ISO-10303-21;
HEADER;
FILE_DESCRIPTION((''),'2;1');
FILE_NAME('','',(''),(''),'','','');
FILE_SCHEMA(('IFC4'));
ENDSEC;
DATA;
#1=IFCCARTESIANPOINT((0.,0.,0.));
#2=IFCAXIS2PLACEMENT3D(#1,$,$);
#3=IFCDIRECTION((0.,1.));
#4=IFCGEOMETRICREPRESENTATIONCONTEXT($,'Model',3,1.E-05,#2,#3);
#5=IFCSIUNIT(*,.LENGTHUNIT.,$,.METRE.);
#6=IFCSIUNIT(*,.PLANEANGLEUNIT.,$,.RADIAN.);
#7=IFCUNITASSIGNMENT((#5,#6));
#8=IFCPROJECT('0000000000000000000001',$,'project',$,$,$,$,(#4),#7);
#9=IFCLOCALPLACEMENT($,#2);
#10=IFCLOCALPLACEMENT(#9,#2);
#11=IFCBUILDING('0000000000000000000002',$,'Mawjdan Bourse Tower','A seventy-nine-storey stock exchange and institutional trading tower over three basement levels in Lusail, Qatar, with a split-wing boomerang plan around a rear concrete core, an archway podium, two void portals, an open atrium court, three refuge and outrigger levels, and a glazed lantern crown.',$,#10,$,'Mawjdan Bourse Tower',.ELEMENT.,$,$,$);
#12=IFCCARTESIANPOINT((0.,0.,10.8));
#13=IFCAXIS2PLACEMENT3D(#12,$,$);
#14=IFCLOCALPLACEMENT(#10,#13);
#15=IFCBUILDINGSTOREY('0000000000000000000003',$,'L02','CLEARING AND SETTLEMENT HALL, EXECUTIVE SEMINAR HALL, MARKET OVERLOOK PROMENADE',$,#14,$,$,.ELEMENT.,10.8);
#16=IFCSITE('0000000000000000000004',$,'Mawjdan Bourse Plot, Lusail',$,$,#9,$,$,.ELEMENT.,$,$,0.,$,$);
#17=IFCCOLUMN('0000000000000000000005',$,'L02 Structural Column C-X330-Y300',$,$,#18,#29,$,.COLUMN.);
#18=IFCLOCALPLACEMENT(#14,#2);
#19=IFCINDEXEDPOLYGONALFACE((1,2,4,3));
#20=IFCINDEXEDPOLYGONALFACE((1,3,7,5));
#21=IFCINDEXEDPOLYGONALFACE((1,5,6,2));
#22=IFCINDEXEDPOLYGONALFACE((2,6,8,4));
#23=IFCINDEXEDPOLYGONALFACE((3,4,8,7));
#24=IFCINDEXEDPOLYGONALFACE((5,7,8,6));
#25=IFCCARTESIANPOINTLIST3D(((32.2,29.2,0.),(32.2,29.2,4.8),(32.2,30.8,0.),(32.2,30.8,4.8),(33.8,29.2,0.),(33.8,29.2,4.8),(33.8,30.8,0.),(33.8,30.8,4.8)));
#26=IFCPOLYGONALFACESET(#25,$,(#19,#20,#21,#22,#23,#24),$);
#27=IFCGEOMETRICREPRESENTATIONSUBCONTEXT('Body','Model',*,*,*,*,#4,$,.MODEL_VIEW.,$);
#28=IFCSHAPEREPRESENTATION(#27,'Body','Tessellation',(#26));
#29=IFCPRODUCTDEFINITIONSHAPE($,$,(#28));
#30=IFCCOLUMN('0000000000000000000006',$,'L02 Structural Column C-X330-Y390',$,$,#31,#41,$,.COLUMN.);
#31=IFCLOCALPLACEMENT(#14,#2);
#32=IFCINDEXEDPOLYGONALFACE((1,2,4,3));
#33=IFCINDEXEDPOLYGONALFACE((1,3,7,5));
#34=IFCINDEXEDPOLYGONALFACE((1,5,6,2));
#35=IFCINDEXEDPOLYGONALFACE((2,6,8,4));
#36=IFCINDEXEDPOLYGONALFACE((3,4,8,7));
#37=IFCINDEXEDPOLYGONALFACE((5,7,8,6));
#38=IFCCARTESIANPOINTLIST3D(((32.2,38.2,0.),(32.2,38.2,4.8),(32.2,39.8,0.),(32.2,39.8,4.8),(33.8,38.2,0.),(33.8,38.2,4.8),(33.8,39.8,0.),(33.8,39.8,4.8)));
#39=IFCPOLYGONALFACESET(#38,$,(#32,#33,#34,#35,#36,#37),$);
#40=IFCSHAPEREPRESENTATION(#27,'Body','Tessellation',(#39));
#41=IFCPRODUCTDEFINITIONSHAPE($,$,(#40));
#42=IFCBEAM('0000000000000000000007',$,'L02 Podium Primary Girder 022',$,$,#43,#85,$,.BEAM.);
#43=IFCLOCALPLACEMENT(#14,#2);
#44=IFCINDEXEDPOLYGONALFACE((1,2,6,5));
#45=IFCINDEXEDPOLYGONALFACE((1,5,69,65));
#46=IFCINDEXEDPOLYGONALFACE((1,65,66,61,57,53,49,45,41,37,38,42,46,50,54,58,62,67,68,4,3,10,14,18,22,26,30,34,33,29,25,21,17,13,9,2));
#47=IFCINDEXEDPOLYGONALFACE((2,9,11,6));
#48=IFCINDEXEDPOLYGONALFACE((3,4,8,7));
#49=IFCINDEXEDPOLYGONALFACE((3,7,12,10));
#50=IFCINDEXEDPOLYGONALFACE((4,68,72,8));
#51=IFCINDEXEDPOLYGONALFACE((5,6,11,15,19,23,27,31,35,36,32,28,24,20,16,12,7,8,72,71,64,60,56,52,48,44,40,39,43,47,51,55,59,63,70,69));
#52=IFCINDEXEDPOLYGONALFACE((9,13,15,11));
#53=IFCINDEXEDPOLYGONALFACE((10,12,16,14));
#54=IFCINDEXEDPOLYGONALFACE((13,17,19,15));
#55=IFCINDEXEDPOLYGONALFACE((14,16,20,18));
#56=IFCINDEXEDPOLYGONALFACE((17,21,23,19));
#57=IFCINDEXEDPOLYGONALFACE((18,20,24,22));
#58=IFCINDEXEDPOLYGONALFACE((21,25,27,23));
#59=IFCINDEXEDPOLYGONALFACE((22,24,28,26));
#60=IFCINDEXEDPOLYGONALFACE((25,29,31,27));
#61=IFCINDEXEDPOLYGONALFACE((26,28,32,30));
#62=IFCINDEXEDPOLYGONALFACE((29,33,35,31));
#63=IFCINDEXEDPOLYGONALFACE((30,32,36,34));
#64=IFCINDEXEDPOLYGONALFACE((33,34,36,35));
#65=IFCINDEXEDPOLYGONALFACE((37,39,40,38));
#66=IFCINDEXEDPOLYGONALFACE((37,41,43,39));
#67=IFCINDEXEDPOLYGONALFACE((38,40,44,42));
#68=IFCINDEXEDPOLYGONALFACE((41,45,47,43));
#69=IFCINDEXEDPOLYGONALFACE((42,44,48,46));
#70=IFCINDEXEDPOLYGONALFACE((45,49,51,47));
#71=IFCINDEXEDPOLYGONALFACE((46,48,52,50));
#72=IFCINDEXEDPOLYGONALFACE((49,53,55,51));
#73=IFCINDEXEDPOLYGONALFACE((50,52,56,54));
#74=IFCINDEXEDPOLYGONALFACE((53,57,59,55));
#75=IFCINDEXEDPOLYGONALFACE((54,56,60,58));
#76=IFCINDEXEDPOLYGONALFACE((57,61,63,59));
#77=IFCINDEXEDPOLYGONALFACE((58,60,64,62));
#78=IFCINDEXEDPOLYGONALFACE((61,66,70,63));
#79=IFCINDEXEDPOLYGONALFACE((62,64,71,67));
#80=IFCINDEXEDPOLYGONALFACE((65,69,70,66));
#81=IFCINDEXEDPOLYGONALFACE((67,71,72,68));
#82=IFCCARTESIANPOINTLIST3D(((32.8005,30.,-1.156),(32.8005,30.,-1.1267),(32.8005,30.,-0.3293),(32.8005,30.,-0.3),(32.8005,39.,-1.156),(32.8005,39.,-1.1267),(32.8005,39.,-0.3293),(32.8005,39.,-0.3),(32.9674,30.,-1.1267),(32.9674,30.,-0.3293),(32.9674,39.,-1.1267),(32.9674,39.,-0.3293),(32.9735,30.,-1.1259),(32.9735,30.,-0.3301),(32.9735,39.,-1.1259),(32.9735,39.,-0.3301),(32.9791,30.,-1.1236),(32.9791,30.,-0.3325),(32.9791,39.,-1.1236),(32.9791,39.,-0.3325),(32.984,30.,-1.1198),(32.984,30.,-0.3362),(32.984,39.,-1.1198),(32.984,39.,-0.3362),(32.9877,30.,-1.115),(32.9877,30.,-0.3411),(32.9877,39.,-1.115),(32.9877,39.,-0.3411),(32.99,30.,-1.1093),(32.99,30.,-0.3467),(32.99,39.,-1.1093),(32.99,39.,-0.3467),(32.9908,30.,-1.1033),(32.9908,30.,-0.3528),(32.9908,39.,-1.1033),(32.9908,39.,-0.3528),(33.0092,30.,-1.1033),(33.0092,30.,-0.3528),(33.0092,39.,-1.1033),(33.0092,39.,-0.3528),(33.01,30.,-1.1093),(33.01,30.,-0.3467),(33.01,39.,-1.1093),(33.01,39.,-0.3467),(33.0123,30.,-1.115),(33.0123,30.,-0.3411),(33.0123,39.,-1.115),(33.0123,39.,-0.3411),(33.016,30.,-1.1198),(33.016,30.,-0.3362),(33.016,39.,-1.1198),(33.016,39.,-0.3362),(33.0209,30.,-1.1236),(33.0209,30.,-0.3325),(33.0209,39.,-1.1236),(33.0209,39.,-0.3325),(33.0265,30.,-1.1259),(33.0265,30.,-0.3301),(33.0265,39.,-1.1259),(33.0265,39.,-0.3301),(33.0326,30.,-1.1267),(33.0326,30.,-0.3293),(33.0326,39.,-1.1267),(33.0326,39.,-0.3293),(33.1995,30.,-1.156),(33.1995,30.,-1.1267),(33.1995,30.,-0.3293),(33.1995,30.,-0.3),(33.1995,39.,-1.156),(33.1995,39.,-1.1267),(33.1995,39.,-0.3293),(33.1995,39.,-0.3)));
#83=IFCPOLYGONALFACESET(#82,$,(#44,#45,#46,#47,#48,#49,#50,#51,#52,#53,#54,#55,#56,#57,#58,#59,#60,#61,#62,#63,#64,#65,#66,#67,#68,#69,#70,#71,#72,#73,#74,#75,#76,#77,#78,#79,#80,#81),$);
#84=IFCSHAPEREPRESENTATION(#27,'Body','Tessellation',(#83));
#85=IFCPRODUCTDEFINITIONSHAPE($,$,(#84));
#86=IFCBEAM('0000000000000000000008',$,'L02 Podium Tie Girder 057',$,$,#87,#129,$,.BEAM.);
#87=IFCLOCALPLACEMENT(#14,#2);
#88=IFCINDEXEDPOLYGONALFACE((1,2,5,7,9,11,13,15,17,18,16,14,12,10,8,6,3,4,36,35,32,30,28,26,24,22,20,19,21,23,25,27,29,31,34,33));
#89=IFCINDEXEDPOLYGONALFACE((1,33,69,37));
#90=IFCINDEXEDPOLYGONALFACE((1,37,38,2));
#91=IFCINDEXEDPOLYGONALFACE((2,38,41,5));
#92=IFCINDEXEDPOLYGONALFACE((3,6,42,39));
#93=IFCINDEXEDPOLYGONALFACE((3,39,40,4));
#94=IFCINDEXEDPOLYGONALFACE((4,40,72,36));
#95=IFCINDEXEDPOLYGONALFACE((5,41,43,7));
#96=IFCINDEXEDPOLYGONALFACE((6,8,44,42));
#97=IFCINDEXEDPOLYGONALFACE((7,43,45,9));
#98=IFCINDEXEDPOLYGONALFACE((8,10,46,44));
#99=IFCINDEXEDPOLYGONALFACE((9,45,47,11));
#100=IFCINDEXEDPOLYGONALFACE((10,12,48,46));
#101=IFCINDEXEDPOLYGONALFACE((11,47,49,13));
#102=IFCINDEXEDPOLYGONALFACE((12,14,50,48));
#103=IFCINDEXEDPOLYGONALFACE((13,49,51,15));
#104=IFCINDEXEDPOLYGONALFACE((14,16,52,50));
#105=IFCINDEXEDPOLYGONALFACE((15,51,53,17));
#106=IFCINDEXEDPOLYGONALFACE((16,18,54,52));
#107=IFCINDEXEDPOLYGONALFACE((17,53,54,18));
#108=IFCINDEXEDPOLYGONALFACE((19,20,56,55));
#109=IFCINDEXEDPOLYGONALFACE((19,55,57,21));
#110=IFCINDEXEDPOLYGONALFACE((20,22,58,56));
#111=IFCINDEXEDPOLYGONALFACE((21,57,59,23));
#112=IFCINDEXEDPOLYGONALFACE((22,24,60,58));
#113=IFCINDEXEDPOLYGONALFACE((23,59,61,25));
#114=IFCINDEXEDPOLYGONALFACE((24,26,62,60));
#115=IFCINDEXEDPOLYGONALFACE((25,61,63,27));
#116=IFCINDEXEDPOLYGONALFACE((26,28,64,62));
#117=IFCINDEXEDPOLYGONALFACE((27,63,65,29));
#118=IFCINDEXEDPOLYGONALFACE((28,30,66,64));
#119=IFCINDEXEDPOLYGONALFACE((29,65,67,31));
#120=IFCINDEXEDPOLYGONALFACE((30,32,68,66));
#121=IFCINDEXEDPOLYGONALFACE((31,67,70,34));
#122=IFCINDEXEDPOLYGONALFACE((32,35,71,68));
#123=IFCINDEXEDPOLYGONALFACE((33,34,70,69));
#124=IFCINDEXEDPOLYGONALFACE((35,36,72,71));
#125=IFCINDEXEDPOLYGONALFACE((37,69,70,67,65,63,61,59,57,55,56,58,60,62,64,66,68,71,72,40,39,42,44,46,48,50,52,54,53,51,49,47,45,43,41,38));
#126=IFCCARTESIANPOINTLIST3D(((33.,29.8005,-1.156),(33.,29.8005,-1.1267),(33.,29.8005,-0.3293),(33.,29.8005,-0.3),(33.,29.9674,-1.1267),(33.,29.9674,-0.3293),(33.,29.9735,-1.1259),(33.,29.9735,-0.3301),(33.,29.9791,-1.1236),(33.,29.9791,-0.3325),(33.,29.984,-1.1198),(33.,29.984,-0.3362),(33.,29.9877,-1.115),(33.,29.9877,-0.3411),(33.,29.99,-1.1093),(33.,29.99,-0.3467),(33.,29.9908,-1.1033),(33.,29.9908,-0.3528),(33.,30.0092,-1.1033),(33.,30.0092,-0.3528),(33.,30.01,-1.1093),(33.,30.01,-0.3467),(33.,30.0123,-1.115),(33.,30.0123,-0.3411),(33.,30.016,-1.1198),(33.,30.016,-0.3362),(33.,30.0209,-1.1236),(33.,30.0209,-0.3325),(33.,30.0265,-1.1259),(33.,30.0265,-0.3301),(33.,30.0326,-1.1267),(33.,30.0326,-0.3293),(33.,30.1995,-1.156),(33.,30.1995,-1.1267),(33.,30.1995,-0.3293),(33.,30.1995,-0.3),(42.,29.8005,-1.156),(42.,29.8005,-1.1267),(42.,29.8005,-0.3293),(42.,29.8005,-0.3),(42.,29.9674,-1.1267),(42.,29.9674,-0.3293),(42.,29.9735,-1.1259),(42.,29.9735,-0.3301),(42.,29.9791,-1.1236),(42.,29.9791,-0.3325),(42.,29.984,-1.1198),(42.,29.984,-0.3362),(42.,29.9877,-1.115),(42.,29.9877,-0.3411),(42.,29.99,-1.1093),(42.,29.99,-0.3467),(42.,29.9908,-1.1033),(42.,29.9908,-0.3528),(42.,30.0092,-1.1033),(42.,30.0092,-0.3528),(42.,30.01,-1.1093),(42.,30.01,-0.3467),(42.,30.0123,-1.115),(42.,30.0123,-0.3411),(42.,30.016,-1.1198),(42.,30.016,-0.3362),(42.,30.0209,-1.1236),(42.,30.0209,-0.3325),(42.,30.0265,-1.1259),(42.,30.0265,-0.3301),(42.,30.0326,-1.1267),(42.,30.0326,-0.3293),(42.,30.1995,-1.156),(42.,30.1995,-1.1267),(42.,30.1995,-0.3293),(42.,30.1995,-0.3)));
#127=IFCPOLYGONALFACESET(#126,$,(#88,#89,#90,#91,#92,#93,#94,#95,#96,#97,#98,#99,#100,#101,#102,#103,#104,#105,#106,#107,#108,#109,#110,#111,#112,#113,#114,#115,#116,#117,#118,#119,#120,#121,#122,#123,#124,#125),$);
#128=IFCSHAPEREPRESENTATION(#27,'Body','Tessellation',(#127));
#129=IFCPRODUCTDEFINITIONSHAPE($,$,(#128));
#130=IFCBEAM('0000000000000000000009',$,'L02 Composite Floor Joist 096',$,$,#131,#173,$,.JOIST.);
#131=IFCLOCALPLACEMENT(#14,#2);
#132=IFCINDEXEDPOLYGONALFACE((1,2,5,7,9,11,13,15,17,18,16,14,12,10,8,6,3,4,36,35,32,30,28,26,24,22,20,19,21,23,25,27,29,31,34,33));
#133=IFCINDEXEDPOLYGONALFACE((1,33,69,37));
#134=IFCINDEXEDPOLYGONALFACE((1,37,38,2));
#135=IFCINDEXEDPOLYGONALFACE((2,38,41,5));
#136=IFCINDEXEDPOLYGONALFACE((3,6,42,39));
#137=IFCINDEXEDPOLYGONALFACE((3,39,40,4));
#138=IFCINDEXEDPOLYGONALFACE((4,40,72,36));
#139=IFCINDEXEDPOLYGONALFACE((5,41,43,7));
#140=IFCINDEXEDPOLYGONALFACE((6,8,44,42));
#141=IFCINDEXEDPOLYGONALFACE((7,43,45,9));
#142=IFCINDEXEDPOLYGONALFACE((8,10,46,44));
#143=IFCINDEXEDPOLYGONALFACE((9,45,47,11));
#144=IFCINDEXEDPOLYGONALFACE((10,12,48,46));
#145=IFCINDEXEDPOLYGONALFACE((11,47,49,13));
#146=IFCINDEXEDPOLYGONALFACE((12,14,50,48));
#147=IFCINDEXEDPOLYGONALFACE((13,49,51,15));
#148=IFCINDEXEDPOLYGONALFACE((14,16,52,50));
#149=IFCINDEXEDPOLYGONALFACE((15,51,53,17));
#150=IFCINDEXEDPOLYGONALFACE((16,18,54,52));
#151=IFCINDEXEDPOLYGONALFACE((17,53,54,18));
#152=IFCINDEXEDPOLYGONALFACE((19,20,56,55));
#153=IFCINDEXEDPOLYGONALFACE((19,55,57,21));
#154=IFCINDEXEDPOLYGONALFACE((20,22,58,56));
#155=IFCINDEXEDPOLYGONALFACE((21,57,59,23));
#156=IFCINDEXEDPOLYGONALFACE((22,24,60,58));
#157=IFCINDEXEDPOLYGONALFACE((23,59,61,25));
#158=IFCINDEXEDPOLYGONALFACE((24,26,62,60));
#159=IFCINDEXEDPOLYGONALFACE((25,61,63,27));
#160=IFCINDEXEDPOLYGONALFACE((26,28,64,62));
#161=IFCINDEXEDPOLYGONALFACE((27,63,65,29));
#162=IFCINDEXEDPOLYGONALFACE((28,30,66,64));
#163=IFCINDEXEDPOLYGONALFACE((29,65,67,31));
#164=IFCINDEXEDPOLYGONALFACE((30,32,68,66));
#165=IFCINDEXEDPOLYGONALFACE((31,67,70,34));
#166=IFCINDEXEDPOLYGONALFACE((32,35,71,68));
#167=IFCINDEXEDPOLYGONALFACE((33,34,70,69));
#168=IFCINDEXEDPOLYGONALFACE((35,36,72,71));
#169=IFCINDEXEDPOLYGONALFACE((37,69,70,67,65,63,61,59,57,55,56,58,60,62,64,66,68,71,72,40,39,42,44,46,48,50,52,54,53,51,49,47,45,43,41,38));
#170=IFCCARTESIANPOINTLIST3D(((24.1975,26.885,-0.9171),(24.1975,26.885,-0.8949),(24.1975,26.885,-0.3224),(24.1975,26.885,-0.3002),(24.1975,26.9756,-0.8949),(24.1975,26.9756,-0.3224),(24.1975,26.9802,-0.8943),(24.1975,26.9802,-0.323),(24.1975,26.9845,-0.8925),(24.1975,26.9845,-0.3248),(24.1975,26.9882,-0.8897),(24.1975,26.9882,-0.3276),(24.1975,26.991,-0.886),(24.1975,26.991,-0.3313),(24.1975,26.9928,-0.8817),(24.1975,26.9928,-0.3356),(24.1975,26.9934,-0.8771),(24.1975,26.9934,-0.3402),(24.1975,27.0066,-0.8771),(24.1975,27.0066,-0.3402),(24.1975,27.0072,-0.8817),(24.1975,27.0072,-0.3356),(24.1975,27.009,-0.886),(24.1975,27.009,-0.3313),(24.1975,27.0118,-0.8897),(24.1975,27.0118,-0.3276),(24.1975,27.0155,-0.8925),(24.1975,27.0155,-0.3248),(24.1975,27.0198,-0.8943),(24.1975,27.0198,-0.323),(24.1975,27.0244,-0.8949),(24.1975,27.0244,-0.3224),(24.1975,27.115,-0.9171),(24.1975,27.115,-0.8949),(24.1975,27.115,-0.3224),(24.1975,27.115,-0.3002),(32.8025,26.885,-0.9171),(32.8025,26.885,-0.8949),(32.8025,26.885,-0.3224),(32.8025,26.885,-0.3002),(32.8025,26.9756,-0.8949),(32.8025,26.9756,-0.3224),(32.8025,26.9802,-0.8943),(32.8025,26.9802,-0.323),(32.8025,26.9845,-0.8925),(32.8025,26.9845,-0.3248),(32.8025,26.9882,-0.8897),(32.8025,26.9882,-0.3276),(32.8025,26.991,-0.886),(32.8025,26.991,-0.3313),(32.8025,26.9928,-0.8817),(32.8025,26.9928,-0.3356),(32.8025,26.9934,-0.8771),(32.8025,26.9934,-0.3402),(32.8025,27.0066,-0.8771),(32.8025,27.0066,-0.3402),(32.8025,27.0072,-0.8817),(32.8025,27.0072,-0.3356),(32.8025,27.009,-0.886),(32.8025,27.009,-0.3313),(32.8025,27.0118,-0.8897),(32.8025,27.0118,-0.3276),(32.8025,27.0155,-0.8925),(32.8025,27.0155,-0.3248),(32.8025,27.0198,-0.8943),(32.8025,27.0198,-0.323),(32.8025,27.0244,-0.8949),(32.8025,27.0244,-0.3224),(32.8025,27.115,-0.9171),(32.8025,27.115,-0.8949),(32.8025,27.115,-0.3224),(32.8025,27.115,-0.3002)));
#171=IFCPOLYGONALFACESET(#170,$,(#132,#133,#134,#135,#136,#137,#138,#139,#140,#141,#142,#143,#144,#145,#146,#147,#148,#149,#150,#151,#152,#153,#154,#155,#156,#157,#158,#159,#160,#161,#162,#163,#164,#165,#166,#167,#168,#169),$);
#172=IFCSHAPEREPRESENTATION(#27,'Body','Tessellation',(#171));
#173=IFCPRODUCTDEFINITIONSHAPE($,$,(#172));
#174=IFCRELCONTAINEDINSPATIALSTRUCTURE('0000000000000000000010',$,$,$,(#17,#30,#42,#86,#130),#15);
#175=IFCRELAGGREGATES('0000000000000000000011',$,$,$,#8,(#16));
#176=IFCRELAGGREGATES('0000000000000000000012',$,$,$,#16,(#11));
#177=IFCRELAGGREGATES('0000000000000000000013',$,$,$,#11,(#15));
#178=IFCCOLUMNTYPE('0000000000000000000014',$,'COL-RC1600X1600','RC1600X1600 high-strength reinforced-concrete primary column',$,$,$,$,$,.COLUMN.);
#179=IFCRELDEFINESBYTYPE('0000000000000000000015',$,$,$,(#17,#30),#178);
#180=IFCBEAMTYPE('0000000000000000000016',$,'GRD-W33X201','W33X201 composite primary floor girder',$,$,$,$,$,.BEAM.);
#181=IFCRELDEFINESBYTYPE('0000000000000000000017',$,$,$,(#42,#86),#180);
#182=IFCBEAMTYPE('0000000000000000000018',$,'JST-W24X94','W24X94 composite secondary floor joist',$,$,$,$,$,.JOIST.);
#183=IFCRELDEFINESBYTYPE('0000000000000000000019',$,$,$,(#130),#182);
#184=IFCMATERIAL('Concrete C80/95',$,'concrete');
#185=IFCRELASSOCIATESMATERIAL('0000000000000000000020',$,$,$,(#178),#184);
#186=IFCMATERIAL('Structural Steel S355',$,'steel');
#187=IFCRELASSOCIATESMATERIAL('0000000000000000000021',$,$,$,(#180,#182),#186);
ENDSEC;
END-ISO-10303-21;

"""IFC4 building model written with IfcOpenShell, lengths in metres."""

from ifc_helpers import new_model, si_unit, direction, frame, origin, origin_2d, place, context, subcontext, project, spatial, rectangle, i_section, extrude, material, material_profile, profile_set, type_object, element, save


model = new_model("IFC4")

# Units and contexts
model_context = context("Model", 3, precision=1e-05, world=origin(), true_north=direction((0.0, 1.0)))
body_context = subcontext(model_context, "Body", "Model", "MODEL_VIEW")
ifc_project = project(units=[si_unit("LENGTHUNIT", "METRE"), si_unit("PLANEANGLEUNIT", "RADIAN")], contexts=[model_context])

# Site, building, storey
site_placement = place(None, origin())
site = spatial("IfcSite", under=ifc_project, at=site_placement, Name="Mawjdan Bourse Plot, Lusail", CompositionType="ELEMENT", RefElevation=0.0)
building_placement = place(site_placement, origin())
building = spatial("IfcBuilding", under=site, at=building_placement, Name="Mawjdan Bourse Tower", Description="A seventy-nine-storey stock exchange and institutional trading tower over three basement levels in Lusail, Qatar, with a split-wing boomerang plan around a rear concrete core, an archway podium, two void portals, an open atrium court, three refuge and outrigger levels, and a glazed lantern crown.", LongName="Mawjdan Bourse Tower", CompositionType="ELEMENT")
storey_placement = place(building_placement, frame((0.0, 0.0, 10.8)))
storey = spatial("IfcBuildingStorey", under=building, at=storey_placement, Name="L02", Description="CLEARING AND SETTLEMENT HALL, EXECUTIVE SEMINAR HALL, MARKET OVERLOOK PROMENADE", CompositionType="ELEMENT", Elevation=10.8)

# Columns
ifc_material_1 = material(Name="Concrete C80/95", Category="concrete")
ifc_material_profile_1 = material_profile(ifc_material_1, rectangle(XDim=1.6001, YDim=1.6001, at=origin_2d()), Name="RC1600X1600")
ifc_profile_set_1 = profile_set([ifc_material_profile_1], Name="Concrete C80/95")
column_type = type_object("IfcColumnType", Name="COL-RC1600X1600", Description="RC1600X1600 high-strength reinforced-concrete primary column", PredefinedType="COLUMN", material=ifc_profile_set_1)
for number, where, z_axis, x_axis, name in (
    (1, (33.0, 30.0, 0.0), (0.0, 0.0, 1.0), (1.0, 0.0, 0.0), "L02 Structural Column C-X330-Y300"),
    (2, (33.0, 39.0, 0.0), (0.0, 0.0, 1.0), (1.0, 0.0, 0.0), "L02 Structural Column C-X330-Y390"),
):
    element("IfcColumn", number, at=place(storey_placement, frame(where, z_axis=z_axis, x_axis=x_axis)), inside=storey, type_object=column_type, Name=name, PredefinedType="COLUMN", context=body_context, shape_type="SweptSolid", body=[
        extrude(rectangle(XDim=1.6001, YDim=1.6001, at=origin_2d()), origin(), (0.0, 0.0, 1.0), 4.8),
    ])

# Beams
ifc_material_2 = material(Name="Structural Steel S355", Category="steel")
ifc_material_profile_2 = material_profile(ifc_material_2, i_section(OverallWidth=0.3989, OverallDepth=0.856, WebThickness=0.0183, FlangeThickness=0.0293, FilletRadius=0.0234, at=origin_2d()), Name="W33X201")
ifc_profile_set_2 = profile_set([ifc_material_profile_2], Name="Structural Steel S355")
beam_type_1 = type_object("IfcBeamType", Name="GRD-W33X201", Description="W33X201 composite primary floor girder", PredefinedType="BEAM", material=ifc_profile_set_2)
for number, where, z_axis, x_axis, name in (
    (3, (33.0, 30.0, -0.728), (0.0, 1.0, 0.0), (-1.0, 0.0, 0.0), "L02 Podium Primary Girder 022"),
    (4, (33.0, 30.0, -0.728), (1.0, 0.0, 0.0), (0.0, 1.0, 0.0), "L02 Podium Tie Girder 057"),
):
    element("IfcBeam", number, at=place(storey_placement, frame(where, z_axis=z_axis, x_axis=x_axis)), inside=storey, type_object=beam_type_1, Name=name, PredefinedType="BEAM", context=body_context, shape_type="SweptSolid", body=[
        extrude(i_section(OverallWidth=0.3989, OverallDepth=0.856, WebThickness=0.0183, FlangeThickness=0.0293, FilletRadius=0.0234, at=origin_2d()), origin(), (0.0, 0.0, 1.0), 9.0),
    ])
ifc_material_profile_3 = material_profile(ifc_material_2, i_section(OverallWidth=0.23, OverallDepth=0.6169, WebThickness=0.0132, FlangeThickness=0.0222, FilletRadius=0.0178, at=origin_2d()), Name="W24X94")
ifc_profile_set_3 = profile_set([ifc_material_profile_3], Name="Structural Steel S355")
beam_type_2 = type_object("IfcBeamType", Name="JST-W24X94", Description="W24X94 composite secondary floor joist", PredefinedType="JOIST", material=ifc_profile_set_3)
for number, where, z_axis, x_axis, name in (
    (5, (24.1975, 27.0, -0.6086), (1.0, 0.0, 0.0), (0.0, 1.0, 0.0), "L02 Composite Floor Joist 096"),
):
    element("IfcBeam", number, at=place(storey_placement, frame(where, z_axis=z_axis, x_axis=x_axis)), inside=storey, type_object=beam_type_2, Name=name, PredefinedType="JOIST", context=body_context, shape_type="SweptSolid", body=[
        extrude(i_section(OverallWidth=0.23, OverallDepth=0.6169, WebThickness=0.0132, FlangeThickness=0.0222, FilletRadius=0.0178, at=origin_2d()), origin(), (0.0, 0.0, 1.0), 8.605),
    ])

save(model, "model.ifc")
